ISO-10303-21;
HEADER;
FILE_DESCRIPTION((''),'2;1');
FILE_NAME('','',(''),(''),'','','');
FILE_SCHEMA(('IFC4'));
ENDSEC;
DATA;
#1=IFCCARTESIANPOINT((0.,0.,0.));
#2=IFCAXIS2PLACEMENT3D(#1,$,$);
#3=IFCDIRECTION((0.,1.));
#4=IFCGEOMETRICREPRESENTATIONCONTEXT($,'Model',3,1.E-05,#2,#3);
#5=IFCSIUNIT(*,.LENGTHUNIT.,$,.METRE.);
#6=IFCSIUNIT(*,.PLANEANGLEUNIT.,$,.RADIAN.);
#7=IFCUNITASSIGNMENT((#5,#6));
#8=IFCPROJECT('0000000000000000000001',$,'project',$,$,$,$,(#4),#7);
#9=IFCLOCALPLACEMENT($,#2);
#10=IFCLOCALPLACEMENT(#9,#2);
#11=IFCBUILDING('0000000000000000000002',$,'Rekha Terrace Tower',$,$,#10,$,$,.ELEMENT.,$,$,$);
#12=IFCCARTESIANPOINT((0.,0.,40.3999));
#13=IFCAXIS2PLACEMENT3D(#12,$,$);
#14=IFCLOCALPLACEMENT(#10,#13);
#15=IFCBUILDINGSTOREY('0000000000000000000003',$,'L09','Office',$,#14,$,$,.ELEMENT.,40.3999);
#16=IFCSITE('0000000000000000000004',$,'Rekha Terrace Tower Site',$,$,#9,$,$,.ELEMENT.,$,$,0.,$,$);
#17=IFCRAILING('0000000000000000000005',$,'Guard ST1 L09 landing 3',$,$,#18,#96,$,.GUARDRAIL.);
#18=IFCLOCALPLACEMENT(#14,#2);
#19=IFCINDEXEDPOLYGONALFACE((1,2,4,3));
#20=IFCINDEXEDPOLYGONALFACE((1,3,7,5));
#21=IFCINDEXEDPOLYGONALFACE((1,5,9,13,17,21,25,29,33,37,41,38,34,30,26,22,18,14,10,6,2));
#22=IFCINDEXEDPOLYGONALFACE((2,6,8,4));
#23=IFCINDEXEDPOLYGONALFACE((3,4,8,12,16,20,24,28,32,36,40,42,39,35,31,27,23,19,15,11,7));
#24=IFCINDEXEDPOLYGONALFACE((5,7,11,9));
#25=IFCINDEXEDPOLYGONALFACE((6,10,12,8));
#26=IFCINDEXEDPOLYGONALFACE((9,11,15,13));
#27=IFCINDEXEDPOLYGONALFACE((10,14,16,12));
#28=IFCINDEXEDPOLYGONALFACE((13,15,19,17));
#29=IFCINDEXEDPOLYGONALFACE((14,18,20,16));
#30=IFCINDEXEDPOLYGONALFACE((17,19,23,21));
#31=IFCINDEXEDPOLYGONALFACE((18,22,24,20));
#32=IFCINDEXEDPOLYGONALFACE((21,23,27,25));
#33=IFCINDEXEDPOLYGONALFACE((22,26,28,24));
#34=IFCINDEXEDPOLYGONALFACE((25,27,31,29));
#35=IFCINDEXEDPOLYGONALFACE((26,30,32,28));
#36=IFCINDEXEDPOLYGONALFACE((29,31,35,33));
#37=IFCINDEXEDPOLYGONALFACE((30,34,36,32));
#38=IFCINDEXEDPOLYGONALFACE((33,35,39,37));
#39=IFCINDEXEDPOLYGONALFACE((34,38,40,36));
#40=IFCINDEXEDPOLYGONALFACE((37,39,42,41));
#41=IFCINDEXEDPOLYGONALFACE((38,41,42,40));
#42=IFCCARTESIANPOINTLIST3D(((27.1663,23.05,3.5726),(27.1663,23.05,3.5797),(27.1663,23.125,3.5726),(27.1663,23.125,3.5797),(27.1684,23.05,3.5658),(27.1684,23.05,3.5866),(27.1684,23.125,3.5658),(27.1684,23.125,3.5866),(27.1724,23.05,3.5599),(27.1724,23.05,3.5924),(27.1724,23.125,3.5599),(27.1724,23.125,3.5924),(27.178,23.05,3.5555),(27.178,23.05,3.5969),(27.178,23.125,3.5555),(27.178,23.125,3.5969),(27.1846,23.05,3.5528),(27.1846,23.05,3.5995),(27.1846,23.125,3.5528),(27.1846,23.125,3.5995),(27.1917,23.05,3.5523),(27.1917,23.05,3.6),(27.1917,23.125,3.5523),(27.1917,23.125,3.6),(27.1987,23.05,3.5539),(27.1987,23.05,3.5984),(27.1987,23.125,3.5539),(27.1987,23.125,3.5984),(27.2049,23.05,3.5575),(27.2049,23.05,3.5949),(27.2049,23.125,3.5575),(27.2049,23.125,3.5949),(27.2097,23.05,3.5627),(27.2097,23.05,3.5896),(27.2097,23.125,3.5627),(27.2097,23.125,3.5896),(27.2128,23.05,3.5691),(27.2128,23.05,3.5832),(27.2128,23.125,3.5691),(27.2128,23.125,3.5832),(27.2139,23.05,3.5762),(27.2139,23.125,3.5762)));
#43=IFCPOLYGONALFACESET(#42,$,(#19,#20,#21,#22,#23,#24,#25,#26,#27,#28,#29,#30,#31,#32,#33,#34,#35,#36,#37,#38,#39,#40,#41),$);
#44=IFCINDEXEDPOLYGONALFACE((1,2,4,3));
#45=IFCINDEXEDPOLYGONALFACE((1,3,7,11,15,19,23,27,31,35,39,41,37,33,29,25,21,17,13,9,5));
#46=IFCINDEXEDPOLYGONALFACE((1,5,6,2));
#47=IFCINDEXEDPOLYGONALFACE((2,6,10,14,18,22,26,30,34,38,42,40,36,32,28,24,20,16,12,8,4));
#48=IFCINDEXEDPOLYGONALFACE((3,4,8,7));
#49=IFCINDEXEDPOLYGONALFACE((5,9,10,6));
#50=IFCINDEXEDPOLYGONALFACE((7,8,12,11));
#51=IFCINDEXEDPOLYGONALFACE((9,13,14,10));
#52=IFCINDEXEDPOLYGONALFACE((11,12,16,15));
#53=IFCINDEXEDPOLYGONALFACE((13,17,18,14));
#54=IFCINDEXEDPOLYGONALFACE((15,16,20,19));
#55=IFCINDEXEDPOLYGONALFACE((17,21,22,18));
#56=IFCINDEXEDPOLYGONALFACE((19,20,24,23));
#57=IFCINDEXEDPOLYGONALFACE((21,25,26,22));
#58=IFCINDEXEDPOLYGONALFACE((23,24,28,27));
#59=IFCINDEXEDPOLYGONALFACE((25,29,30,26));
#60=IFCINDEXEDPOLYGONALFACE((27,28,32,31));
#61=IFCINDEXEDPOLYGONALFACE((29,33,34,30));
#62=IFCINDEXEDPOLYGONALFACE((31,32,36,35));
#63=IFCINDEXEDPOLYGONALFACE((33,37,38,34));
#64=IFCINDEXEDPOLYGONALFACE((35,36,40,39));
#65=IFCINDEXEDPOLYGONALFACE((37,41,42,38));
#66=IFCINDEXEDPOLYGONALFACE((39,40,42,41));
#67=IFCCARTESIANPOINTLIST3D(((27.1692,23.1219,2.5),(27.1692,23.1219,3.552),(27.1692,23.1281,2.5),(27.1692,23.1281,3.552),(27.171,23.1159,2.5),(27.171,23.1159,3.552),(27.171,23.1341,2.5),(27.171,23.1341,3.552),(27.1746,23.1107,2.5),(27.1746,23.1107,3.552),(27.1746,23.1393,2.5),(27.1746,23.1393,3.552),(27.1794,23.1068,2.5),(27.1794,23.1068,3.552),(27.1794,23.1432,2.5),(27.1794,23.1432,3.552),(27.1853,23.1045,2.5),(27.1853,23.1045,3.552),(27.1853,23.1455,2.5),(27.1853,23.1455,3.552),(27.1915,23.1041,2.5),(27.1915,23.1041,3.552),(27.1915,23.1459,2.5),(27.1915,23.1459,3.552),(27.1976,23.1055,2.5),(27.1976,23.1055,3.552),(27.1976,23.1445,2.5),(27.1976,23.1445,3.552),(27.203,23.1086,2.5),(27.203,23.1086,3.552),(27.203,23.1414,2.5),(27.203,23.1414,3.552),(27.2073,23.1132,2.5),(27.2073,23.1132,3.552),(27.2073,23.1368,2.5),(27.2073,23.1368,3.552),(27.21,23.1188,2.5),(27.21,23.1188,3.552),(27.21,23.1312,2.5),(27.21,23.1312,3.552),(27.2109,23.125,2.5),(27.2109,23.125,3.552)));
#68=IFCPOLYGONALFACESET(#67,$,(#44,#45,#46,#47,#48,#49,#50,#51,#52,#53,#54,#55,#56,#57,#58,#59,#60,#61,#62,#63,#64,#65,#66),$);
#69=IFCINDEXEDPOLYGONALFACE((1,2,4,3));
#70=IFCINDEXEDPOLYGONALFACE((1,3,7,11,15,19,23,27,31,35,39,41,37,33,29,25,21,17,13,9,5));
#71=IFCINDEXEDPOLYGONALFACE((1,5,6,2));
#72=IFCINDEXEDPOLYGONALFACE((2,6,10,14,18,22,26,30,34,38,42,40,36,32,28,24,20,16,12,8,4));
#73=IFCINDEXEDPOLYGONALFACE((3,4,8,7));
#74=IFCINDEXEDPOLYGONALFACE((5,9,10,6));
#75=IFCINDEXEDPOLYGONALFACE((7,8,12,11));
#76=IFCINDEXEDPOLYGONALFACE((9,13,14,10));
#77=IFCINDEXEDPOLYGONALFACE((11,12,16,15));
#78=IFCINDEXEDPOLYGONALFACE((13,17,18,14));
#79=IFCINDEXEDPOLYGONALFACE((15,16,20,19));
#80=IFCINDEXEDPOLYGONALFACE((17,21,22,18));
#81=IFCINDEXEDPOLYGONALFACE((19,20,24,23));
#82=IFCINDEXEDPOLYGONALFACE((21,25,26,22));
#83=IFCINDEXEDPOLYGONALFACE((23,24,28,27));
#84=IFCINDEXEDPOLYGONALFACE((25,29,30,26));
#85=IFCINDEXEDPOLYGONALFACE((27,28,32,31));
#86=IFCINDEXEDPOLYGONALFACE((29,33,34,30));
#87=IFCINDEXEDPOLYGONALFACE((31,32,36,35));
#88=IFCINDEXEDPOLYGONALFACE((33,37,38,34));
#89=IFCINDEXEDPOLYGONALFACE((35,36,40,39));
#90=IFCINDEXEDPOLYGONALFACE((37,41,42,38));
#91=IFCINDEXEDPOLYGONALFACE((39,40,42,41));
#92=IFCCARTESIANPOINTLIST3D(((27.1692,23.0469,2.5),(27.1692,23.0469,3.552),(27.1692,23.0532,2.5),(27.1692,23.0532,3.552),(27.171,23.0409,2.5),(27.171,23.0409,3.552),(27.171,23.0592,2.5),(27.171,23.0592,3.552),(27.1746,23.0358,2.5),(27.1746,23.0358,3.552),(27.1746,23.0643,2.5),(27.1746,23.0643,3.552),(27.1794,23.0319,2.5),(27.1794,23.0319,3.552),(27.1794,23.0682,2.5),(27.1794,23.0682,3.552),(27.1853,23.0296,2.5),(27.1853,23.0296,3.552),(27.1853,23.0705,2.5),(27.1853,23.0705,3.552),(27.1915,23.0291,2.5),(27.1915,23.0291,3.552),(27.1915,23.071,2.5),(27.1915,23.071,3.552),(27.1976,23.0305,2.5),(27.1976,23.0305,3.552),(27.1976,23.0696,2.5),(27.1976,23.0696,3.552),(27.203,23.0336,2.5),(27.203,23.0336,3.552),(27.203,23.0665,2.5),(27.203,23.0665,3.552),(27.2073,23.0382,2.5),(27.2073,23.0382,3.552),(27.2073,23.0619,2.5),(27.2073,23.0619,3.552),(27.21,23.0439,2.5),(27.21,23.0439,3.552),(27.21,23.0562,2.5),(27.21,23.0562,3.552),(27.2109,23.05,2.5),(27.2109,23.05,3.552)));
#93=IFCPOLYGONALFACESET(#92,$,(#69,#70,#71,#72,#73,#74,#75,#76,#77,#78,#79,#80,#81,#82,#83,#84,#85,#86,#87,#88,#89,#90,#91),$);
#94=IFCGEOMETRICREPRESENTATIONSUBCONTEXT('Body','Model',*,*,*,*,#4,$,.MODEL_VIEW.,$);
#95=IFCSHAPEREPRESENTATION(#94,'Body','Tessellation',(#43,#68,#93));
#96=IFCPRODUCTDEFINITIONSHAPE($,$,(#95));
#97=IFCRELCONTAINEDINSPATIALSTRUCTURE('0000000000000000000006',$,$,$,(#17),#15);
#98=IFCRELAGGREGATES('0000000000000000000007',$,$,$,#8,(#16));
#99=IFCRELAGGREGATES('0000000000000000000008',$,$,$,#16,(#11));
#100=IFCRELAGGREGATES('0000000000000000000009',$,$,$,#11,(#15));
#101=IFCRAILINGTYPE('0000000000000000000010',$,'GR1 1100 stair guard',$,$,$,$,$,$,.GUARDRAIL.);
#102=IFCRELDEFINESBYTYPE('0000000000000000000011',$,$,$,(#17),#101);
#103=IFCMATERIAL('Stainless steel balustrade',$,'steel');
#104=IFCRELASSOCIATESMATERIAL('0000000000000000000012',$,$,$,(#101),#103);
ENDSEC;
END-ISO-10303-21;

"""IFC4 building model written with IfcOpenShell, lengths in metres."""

from ifc_helpers import new_model, si_unit, direction, frame, origin, origin_2d, place, context, subcontext, project, spatial, circle, extrude, material, type_object, element, save


model = new_model("IFC4")

# Units and contexts
model_context = context("Model", 3, precision=1e-05, world=origin(), true_north=direction((0.0, 1.0)))
body_context = subcontext(model_context, "Body", "Model", "MODEL_VIEW")
ifc_project = project(units=[si_unit("LENGTHUNIT", "METRE"), si_unit("PLANEANGLEUNIT", "RADIAN")], contexts=[model_context])

# Site, building, storey
site_placement = place(None, origin())
site = spatial("IfcSite", under=ifc_project, at=site_placement, Name="Rekha Terrace Tower Site", CompositionType="ELEMENT", RefElevation=0.0)
building_placement = place(site_placement, origin())
building = spatial("IfcBuilding", under=site, at=building_placement, Name="Rekha Terrace Tower", CompositionType="ELEMENT")
storey_placement = place(building_placement, frame((0.0, 0.0, 40.3999)))
storey = spatial("IfcBuildingStorey", under=building, at=storey_placement, Name="L09", Description="Office", CompositionType="ELEMENT", Elevation=40.3999)

# Railing
ifc_material_1 = material(Name="Stainless steel balustrade", Category="steel")
railing_type_1 = type_object("IfcRailingType", Name="GR1 1100 stair guard", PredefinedType="GUARDRAIL", material=ifc_material_1)
railing_1_placement = place(storey_placement, frame((27.1899, 23.125, 2.5)))
element("IfcRailing", 1, at=railing_1_placement, inside=storey, type_object=railing_type_1, Name="Guard ST1 L09 landing 3", PredefinedType="GUARDRAIL", context=body_context, shape_type="SweptSolid", body=[
    extrude(circle(Radius=0.0239, at=origin_2d()), frame((0.0, 0.0, 1.0762), z_axis=(0.0, -1.0, 0.0), x_axis=(1.0, 0.0, 0.0)), (0.0, 0.0, 1.0), 0.075),
    extrude(circle(Radius=0.021, at=origin_2d()), origin(), (0.0, 0.0, 1.0), 1.052),
    extrude(circle(Radius=0.021, at=origin_2d()), frame((0.0, -0.075, 0.0)), (0.0, 0.0, 1.0), 1.052),
])

save(model, "model.ifc")
